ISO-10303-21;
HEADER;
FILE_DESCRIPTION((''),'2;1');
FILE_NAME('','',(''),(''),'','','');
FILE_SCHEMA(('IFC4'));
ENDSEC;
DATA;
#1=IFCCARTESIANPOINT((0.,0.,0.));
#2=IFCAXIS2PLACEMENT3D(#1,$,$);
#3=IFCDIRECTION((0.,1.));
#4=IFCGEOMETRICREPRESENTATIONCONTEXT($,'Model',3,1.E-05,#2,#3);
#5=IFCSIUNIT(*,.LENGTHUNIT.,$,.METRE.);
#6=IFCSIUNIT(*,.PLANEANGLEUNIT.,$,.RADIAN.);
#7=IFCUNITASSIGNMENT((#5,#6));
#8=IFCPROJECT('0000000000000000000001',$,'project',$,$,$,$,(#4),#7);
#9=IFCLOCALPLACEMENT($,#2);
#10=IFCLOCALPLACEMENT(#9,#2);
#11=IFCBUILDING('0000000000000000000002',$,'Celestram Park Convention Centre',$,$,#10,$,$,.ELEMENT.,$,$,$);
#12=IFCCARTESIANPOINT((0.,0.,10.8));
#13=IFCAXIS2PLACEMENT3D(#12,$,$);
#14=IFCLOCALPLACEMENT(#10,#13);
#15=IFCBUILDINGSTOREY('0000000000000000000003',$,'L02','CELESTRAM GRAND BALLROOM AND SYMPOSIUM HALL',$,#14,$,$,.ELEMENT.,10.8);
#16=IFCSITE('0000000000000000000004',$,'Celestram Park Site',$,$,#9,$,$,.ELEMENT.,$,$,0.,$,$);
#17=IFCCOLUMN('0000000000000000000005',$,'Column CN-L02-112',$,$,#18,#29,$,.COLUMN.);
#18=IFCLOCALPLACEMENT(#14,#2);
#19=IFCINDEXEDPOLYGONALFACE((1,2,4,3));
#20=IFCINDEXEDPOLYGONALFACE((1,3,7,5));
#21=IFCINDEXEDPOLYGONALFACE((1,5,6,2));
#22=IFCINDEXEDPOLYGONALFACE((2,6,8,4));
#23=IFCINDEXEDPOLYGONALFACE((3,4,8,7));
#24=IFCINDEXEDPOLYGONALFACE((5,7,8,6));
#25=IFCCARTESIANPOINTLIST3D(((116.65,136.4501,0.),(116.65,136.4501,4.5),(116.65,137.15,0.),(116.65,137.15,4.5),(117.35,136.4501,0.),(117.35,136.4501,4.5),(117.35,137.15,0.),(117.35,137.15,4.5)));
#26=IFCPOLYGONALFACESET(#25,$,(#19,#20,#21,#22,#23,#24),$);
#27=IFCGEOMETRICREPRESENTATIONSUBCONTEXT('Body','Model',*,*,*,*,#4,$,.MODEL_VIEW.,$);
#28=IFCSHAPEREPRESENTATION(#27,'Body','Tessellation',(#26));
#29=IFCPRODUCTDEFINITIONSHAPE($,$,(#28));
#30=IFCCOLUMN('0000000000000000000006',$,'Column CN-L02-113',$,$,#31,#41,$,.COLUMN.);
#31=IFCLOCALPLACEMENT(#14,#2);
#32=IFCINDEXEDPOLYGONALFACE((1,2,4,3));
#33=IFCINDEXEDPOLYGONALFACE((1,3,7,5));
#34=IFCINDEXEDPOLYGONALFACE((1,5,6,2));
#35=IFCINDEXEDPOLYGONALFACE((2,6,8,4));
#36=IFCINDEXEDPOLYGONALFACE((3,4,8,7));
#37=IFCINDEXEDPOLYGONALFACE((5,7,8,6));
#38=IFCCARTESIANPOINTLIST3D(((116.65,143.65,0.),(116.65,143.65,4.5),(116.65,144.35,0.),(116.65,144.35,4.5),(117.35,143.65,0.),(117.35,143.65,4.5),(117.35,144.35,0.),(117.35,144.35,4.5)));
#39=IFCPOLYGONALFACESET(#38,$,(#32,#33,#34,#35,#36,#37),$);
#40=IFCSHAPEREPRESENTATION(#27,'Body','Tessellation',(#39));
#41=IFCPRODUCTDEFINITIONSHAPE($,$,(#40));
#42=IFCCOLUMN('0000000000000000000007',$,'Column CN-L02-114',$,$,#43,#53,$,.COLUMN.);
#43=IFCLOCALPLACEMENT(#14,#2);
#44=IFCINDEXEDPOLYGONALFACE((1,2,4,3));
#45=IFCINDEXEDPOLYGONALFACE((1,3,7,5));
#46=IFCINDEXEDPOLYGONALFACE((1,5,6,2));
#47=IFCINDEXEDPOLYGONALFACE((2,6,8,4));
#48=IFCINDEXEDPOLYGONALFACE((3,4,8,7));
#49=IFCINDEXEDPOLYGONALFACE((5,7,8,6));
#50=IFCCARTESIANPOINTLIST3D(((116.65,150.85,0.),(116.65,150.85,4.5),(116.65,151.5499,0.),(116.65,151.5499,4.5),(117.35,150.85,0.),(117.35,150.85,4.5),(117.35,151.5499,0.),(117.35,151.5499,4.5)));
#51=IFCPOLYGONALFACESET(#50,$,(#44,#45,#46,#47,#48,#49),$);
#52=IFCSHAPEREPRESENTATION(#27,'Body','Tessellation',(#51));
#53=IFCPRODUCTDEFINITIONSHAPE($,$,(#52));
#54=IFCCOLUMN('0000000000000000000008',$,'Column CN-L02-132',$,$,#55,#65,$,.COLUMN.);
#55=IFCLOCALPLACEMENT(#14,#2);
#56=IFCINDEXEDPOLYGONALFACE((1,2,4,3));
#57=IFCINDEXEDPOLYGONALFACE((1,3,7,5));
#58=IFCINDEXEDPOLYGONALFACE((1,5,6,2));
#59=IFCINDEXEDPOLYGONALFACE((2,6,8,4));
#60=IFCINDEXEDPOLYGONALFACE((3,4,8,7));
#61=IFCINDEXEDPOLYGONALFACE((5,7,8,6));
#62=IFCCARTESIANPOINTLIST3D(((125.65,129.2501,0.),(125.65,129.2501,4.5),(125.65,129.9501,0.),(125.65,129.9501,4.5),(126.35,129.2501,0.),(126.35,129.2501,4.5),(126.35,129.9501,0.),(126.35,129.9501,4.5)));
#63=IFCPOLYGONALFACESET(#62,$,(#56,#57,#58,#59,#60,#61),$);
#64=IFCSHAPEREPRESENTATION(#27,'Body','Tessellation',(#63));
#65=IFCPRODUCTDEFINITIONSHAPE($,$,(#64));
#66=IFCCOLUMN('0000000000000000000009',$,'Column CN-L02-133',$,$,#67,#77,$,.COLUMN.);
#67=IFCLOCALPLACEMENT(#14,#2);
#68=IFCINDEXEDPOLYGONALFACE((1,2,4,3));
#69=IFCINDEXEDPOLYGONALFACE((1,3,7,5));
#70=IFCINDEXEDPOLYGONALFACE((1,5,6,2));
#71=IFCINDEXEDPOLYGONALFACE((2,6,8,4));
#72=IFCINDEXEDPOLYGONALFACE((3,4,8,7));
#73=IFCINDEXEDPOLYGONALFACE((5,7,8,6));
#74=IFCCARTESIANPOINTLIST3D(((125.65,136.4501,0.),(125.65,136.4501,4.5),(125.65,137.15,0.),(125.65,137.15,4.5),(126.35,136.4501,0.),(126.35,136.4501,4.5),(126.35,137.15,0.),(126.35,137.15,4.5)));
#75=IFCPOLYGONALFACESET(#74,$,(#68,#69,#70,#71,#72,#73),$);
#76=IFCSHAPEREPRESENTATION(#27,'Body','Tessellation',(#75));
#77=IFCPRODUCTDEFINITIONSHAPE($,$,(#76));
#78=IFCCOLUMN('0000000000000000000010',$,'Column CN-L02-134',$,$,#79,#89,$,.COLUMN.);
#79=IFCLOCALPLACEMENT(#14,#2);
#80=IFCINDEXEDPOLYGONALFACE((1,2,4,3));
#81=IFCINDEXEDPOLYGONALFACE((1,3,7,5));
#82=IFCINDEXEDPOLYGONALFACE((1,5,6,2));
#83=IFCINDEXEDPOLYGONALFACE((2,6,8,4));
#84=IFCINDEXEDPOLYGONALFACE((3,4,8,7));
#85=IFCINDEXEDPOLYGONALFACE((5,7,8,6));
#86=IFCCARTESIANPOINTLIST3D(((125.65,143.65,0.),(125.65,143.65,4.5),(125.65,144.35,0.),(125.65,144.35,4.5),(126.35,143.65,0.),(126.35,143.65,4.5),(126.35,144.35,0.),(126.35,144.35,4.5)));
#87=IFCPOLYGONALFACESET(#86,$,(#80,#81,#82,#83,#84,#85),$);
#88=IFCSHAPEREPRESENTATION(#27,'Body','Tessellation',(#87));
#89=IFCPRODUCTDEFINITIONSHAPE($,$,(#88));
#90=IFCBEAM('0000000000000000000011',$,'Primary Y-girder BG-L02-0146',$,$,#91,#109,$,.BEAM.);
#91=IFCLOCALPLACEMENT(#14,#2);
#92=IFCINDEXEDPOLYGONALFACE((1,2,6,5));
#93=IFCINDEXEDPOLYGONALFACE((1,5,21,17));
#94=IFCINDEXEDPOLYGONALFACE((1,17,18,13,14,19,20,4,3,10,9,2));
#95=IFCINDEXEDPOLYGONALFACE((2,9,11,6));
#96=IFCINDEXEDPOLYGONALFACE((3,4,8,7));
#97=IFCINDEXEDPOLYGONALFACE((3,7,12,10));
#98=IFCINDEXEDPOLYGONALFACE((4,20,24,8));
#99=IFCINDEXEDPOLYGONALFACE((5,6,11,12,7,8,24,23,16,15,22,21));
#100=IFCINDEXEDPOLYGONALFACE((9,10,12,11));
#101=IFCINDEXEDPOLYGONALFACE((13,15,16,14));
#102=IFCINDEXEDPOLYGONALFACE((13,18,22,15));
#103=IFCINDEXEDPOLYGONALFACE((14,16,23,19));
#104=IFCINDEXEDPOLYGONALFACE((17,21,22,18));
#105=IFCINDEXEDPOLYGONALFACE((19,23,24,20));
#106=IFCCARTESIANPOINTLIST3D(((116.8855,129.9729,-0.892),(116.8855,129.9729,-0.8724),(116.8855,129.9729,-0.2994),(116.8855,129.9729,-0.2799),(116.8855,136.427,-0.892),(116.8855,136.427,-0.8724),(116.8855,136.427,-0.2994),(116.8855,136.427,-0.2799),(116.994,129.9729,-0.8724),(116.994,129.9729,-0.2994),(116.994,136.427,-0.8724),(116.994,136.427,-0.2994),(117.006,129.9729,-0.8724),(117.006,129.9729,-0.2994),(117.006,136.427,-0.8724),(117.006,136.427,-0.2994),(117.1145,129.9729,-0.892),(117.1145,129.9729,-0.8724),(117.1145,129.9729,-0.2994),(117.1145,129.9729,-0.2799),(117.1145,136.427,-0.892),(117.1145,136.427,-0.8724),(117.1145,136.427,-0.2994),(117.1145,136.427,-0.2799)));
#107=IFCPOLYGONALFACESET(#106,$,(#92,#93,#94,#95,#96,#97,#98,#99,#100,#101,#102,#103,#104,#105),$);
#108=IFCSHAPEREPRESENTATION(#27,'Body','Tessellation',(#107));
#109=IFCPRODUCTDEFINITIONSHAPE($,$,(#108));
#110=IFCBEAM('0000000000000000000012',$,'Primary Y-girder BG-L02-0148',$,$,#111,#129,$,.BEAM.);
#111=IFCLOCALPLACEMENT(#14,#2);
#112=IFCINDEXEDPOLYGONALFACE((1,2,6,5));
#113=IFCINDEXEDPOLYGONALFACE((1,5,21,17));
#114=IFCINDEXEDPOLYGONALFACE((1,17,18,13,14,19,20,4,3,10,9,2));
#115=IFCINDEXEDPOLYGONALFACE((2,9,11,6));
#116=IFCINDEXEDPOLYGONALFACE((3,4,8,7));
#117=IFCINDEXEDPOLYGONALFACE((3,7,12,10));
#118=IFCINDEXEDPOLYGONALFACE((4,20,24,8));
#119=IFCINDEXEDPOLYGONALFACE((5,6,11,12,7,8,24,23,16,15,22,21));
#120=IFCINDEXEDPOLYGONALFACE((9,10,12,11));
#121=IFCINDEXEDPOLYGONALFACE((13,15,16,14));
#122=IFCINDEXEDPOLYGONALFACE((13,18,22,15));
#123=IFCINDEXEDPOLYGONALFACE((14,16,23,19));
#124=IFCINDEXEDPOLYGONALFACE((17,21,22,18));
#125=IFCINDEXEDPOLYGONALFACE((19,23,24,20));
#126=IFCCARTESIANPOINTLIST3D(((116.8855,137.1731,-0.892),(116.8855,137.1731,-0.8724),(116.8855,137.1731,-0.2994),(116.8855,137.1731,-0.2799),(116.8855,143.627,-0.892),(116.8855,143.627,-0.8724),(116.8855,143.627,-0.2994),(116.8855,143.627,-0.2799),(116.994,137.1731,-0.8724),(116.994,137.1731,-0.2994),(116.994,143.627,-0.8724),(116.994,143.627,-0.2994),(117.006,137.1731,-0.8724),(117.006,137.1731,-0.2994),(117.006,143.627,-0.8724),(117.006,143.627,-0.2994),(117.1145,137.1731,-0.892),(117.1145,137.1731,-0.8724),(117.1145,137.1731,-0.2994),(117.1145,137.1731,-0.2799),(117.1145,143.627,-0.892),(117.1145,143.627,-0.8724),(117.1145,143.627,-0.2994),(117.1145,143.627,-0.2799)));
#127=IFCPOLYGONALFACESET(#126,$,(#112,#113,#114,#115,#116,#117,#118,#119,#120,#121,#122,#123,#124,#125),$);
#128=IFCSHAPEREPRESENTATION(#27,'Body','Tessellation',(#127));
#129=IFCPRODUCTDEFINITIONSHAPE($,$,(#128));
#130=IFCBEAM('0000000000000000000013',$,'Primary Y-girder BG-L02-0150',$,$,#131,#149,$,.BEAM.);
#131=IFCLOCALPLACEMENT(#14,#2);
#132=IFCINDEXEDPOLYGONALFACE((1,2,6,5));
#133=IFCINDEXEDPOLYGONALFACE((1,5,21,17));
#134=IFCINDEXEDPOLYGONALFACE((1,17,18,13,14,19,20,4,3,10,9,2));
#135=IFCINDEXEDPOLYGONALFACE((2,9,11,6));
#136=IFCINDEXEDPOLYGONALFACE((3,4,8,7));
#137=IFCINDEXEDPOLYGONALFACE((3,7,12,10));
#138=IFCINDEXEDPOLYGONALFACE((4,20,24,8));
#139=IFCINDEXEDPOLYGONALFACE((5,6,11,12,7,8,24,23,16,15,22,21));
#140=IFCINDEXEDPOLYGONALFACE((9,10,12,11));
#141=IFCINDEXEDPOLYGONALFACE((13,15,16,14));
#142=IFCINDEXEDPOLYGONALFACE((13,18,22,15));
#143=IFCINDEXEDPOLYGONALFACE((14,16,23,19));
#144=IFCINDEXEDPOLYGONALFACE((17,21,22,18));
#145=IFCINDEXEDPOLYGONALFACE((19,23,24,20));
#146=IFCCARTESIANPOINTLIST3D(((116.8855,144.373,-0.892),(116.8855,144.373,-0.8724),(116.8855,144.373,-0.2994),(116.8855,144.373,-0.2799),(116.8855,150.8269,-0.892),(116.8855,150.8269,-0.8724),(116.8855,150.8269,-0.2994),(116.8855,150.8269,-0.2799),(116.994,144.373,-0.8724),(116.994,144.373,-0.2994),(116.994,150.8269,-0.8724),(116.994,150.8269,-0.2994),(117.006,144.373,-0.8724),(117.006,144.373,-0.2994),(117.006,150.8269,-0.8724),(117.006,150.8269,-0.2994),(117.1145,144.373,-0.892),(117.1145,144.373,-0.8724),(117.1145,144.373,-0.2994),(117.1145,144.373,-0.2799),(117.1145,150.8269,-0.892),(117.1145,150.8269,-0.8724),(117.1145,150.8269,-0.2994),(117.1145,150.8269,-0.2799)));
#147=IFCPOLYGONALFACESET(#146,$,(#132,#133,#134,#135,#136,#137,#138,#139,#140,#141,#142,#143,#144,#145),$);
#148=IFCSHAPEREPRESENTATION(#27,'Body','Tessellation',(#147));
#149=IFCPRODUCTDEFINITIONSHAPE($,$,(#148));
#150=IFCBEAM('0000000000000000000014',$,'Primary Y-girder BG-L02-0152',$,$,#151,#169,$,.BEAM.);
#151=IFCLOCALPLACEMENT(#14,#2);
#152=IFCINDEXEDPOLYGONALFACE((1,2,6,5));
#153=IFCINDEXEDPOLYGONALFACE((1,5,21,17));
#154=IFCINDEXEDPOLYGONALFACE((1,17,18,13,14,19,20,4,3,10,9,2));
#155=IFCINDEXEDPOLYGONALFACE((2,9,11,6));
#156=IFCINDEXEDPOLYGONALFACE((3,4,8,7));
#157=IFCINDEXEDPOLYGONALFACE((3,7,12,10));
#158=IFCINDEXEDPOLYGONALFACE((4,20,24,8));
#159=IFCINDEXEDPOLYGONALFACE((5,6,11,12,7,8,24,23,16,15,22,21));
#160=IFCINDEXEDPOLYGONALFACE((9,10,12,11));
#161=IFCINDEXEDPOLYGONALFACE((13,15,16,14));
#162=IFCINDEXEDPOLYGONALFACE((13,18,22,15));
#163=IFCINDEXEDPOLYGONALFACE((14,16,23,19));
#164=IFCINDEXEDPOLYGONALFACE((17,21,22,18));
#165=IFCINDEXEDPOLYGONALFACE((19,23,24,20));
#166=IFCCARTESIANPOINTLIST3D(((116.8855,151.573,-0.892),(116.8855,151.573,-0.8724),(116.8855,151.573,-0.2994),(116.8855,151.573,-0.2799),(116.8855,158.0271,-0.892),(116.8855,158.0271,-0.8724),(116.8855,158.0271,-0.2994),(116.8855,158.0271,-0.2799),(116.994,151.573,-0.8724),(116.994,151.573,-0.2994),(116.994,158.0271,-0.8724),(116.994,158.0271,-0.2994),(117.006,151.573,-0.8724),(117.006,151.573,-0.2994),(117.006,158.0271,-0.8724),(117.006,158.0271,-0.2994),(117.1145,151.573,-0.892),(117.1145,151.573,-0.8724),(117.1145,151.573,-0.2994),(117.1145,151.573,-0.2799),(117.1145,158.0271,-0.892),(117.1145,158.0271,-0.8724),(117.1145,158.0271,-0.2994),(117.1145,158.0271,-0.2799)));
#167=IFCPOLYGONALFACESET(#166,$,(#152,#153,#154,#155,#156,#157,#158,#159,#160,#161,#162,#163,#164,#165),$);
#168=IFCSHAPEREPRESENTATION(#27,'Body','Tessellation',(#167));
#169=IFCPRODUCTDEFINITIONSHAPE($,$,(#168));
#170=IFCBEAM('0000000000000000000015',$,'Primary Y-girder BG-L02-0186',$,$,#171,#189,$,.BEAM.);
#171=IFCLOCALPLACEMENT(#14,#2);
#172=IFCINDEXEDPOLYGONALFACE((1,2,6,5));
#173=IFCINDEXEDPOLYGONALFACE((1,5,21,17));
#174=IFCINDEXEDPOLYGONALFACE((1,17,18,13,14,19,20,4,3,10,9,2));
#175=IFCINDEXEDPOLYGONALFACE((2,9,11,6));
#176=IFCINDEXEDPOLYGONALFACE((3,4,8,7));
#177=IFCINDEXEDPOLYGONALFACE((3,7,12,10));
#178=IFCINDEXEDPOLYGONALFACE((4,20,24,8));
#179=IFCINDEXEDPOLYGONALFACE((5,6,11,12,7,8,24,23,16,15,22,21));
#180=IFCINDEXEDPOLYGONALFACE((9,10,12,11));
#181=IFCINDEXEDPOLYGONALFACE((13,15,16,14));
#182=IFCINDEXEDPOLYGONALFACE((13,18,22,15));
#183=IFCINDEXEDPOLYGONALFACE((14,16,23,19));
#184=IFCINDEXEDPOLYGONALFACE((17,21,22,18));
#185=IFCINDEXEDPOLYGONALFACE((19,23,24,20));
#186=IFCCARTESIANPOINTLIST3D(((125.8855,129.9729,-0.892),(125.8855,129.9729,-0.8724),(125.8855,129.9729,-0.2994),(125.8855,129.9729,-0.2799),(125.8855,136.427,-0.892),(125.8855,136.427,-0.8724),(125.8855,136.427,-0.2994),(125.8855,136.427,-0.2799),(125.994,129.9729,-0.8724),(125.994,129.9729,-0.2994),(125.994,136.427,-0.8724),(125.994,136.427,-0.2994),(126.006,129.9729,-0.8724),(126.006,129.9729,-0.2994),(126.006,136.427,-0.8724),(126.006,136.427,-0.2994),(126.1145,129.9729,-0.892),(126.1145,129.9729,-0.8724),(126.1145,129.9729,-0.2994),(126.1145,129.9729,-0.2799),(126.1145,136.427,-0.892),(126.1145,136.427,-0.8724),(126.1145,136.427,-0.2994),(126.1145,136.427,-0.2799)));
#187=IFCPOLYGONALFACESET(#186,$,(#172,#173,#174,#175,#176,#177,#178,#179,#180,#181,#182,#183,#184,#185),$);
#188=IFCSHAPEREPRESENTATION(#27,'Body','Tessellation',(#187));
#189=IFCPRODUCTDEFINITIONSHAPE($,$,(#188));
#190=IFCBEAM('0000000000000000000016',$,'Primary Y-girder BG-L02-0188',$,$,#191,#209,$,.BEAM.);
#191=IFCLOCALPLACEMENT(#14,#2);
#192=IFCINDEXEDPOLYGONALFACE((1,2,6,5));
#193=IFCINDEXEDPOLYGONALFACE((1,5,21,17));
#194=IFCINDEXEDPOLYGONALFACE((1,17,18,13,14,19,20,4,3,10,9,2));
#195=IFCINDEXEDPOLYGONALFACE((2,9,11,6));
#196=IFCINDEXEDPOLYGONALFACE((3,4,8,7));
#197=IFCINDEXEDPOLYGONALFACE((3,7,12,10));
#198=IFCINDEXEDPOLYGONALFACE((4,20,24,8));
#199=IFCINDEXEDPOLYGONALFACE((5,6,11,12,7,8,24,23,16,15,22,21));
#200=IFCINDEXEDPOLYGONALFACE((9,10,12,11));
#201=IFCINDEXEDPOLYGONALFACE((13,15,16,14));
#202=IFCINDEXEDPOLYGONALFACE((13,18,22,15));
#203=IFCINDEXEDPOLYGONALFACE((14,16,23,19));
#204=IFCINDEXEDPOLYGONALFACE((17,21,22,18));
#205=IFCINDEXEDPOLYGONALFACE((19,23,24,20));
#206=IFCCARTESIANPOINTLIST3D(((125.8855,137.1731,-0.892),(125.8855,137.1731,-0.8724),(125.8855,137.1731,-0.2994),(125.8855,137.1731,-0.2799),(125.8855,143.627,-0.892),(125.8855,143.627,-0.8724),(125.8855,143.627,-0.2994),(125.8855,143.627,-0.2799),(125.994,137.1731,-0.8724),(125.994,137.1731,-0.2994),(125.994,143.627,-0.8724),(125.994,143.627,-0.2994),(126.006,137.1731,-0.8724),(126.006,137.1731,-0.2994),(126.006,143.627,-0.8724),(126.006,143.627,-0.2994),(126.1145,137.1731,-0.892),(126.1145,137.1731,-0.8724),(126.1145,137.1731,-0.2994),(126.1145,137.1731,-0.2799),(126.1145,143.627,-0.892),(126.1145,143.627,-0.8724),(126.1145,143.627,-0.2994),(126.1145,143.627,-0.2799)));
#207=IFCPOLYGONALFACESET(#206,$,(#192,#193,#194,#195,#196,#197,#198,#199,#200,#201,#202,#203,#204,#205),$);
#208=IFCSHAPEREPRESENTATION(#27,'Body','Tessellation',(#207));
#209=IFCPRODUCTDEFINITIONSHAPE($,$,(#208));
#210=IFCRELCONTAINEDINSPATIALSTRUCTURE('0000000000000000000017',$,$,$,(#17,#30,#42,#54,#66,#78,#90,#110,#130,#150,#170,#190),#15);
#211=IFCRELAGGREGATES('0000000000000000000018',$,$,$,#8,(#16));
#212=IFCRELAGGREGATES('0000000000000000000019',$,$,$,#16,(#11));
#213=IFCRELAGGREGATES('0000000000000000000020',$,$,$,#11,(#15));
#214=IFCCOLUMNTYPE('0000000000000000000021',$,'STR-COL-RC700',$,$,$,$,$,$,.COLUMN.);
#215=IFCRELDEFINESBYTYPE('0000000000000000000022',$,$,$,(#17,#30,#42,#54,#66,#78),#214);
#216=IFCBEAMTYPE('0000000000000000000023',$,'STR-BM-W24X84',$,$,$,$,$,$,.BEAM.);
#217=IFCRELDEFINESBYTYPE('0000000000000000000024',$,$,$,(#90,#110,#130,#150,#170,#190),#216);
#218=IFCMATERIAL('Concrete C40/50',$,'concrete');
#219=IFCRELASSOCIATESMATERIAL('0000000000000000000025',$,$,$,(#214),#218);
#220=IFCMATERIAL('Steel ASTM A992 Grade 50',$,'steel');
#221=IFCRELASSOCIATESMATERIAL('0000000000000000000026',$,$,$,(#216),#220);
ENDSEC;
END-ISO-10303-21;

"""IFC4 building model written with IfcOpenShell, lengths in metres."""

from ifc_helpers import new_model, si_unit, direction, frame, origin, origin_2d, place, context, subcontext, project, spatial, rectangle, i_section, extrude, material, material_profile, profile_set, type_object, element, save


model = new_model("IFC4")

# Units and contexts
model_context = context("Model", 3, precision=1e-05, world=origin(), true_north=direction((0.0, 1.0)))
body_context = subcontext(model_context, "Body", "Model", "MODEL_VIEW")
ifc_project = project(units=[si_unit("LENGTHUNIT", "METRE"), si_unit("PLANEANGLEUNIT", "RADIAN")], contexts=[model_context])

# Site, building, storey
site_placement = place(None, origin())
site = spatial("IfcSite", under=ifc_project, at=site_placement, Name="Celestram Park Site", CompositionType="ELEMENT", RefElevation=0.0)
building_placement = place(site_placement, origin())
building = spatial("IfcBuilding", under=site, at=building_placement, Name="Celestram Park Convention Centre", CompositionType="ELEMENT")
storey_placement = place(building_placement, frame((0.0, 0.0, 10.8)))
storey = spatial("IfcBuildingStorey", under=building, at=storey_placement, Name="L02", Description="CELESTRAM GRAND BALLROOM AND SYMPOSIUM HALL", CompositionType="ELEMENT", Elevation=10.8)

# Columns
ifc_material_1 = material(Name="Concrete C40/50", Category="concrete")
ifc_material_profile_1 = material_profile(ifc_material_1, rectangle(XDim=0.7, YDim=0.7, at=origin_2d()), Name="RC700X700")
ifc_profile_set_1 = profile_set([ifc_material_profile_1], Name="Concrete C40/50")
column_type = type_object("IfcColumnType", Name="STR-COL-RC700", PredefinedType="COLUMN", material=ifc_profile_set_1)
for number, where, z_axis, x_axis, name in (
    (1, (117.0, 136.8, 0.0), (0.0, 0.0, 1.0), (1.0, 0.0, 0.0), "Column CN-L02-112"),
    (2, (117.0, 144.0, 0.0), (0.0, 0.0, 1.0), (1.0, 0.0, 0.0), "Column CN-L02-113"),
    (3, (117.0, 151.2, 0.0), (0.0, 0.0, 1.0), (1.0, 0.0, 0.0), "Column CN-L02-114"),
    (4, (126.0, 129.6001, 0.0), (0.0, 0.0, 1.0), (1.0, 0.0, 0.0), "Column CN-L02-132"),
    (5, (126.0, 136.8, 0.0), (0.0, 0.0, 1.0), (1.0, 0.0, 0.0), "Column CN-L02-133"),
    (6, (126.0, 144.0, 0.0), (0.0, 0.0, 1.0), (1.0, 0.0, 0.0), "Column CN-L02-134"),
):
    element("IfcColumn", number, at=place(storey_placement, frame(where, z_axis=z_axis, x_axis=x_axis)), inside=storey, type_object=column_type, Name=name, PredefinedType="COLUMN", context=body_context, shape_type="SweptSolid", body=[
        extrude(rectangle(XDim=0.7, YDim=0.7, at=origin_2d()), origin(), (0.0, 0.0, 1.0), 4.5),
    ])

# Beams
ifc_material_2 = material(Name="Steel ASTM A992 Grade 50", Category="steel")
ifc_material_profile_2 = material_profile(ifc_material_2, i_section(OverallWidth=0.229, OverallDepth=0.6121, WebThickness=0.012, FlangeThickness=0.0195, at=origin_2d()), Name="W24X84")
ifc_profile_set_2 = profile_set([ifc_material_profile_2], Name="Steel ASTM A992 Grade 50")
beam_type_1 = type_object("IfcBeamType", Name="STR-BM-W24X84", PredefinedType="BEAM", material=ifc_profile_set_2)
beam_placement = place(storey_placement, frame((117.0, 129.9729, -0.5859), z_axis=(0.0, 1.0, 0.0), x_axis=(-1.0, 0.0, 0.0)))
element("IfcBeam", 7, at=beam_placement, inside=storey, type_object=beam_type_1, Name="Primary Y-girder BG-L02-0146", PredefinedType="BEAM", context=body_context, shape_type="SweptSolid", body=[
    extrude(i_section(OverallWidth=0.229, OverallDepth=0.6121, WebThickness=0.012, FlangeThickness=0.0195, at=origin_2d()), origin(), (0.0, 0.0, 1.0), 6.4541),
])
for number, where, z_axis, x_axis, name in (
    (8, (117.0, 137.1731, -0.5859), (0.0, 1.0, 0.0), (-1.0, 0.0, 0.0), "Primary Y-girder BG-L02-0148"),
    (9, (117.0, 144.373, -0.5859), (0.0, 1.0, 0.0), (-1.0, 0.0, 0.0), "Primary Y-girder BG-L02-0150"),
):
    element("IfcBeam", number, at=place(storey_placement, frame(where, z_axis=z_axis, x_axis=x_axis)), inside=storey, type_object=beam_type_1, Name=name, PredefinedType="BEAM", context=body_context, shape_type="SweptSolid", body=[
        extrude(i_section(OverallWidth=0.229, OverallDepth=0.6121, WebThickness=0.012, FlangeThickness=0.0195, at=origin_2d()), origin(), (0.0, 0.0, 1.0), 6.4539),
    ])
for number, where, z_axis, x_axis, name in (
    (10, (117.0, 151.573, -0.5859), (0.0, 1.0, 0.0), (-1.0, 0.0, 0.0), "Primary Y-girder BG-L02-0152"),
    (11, (126.0, 129.9729, -0.5859), (0.0, 1.0, 0.0), (-1.0, 0.0, 0.0), "Primary Y-girder BG-L02-0186"),
):
    element("IfcBeam", number, at=place(storey_placement, frame(where, z_axis=z_axis, x_axis=x_axis)), inside=storey, type_object=beam_type_1, Name=name, PredefinedType="BEAM", context=body_context, shape_type="SweptSolid", body=[
        extrude(i_section(OverallWidth=0.229, OverallDepth=0.6121, WebThickness=0.012, FlangeThickness=0.0195, at=origin_2d()), origin(), (0.0, 0.0, 1.0), 6.4541),
    ])
for number, where, z_axis, x_axis, name in (
    (12, (126.0, 137.1731, -0.5859), (0.0, 1.0, 0.0), (-1.0, 0.0, 0.0), "Primary Y-girder BG-L02-0188"),
):
    element("IfcBeam", number, at=place(storey_placement, frame(where, z_axis=z_axis, x_axis=x_axis)), inside=storey, type_object=beam_type_1, Name=name, PredefinedType="BEAM", context=body_context, shape_type="SweptSolid", body=[
        extrude(i_section(OverallWidth=0.229, OverallDepth=0.6121, WebThickness=0.012, FlangeThickness=0.0195, at=origin_2d()), origin(), (0.0, 0.0, 1.0), 6.4539),
    ])

save(model, "model.ifc")
